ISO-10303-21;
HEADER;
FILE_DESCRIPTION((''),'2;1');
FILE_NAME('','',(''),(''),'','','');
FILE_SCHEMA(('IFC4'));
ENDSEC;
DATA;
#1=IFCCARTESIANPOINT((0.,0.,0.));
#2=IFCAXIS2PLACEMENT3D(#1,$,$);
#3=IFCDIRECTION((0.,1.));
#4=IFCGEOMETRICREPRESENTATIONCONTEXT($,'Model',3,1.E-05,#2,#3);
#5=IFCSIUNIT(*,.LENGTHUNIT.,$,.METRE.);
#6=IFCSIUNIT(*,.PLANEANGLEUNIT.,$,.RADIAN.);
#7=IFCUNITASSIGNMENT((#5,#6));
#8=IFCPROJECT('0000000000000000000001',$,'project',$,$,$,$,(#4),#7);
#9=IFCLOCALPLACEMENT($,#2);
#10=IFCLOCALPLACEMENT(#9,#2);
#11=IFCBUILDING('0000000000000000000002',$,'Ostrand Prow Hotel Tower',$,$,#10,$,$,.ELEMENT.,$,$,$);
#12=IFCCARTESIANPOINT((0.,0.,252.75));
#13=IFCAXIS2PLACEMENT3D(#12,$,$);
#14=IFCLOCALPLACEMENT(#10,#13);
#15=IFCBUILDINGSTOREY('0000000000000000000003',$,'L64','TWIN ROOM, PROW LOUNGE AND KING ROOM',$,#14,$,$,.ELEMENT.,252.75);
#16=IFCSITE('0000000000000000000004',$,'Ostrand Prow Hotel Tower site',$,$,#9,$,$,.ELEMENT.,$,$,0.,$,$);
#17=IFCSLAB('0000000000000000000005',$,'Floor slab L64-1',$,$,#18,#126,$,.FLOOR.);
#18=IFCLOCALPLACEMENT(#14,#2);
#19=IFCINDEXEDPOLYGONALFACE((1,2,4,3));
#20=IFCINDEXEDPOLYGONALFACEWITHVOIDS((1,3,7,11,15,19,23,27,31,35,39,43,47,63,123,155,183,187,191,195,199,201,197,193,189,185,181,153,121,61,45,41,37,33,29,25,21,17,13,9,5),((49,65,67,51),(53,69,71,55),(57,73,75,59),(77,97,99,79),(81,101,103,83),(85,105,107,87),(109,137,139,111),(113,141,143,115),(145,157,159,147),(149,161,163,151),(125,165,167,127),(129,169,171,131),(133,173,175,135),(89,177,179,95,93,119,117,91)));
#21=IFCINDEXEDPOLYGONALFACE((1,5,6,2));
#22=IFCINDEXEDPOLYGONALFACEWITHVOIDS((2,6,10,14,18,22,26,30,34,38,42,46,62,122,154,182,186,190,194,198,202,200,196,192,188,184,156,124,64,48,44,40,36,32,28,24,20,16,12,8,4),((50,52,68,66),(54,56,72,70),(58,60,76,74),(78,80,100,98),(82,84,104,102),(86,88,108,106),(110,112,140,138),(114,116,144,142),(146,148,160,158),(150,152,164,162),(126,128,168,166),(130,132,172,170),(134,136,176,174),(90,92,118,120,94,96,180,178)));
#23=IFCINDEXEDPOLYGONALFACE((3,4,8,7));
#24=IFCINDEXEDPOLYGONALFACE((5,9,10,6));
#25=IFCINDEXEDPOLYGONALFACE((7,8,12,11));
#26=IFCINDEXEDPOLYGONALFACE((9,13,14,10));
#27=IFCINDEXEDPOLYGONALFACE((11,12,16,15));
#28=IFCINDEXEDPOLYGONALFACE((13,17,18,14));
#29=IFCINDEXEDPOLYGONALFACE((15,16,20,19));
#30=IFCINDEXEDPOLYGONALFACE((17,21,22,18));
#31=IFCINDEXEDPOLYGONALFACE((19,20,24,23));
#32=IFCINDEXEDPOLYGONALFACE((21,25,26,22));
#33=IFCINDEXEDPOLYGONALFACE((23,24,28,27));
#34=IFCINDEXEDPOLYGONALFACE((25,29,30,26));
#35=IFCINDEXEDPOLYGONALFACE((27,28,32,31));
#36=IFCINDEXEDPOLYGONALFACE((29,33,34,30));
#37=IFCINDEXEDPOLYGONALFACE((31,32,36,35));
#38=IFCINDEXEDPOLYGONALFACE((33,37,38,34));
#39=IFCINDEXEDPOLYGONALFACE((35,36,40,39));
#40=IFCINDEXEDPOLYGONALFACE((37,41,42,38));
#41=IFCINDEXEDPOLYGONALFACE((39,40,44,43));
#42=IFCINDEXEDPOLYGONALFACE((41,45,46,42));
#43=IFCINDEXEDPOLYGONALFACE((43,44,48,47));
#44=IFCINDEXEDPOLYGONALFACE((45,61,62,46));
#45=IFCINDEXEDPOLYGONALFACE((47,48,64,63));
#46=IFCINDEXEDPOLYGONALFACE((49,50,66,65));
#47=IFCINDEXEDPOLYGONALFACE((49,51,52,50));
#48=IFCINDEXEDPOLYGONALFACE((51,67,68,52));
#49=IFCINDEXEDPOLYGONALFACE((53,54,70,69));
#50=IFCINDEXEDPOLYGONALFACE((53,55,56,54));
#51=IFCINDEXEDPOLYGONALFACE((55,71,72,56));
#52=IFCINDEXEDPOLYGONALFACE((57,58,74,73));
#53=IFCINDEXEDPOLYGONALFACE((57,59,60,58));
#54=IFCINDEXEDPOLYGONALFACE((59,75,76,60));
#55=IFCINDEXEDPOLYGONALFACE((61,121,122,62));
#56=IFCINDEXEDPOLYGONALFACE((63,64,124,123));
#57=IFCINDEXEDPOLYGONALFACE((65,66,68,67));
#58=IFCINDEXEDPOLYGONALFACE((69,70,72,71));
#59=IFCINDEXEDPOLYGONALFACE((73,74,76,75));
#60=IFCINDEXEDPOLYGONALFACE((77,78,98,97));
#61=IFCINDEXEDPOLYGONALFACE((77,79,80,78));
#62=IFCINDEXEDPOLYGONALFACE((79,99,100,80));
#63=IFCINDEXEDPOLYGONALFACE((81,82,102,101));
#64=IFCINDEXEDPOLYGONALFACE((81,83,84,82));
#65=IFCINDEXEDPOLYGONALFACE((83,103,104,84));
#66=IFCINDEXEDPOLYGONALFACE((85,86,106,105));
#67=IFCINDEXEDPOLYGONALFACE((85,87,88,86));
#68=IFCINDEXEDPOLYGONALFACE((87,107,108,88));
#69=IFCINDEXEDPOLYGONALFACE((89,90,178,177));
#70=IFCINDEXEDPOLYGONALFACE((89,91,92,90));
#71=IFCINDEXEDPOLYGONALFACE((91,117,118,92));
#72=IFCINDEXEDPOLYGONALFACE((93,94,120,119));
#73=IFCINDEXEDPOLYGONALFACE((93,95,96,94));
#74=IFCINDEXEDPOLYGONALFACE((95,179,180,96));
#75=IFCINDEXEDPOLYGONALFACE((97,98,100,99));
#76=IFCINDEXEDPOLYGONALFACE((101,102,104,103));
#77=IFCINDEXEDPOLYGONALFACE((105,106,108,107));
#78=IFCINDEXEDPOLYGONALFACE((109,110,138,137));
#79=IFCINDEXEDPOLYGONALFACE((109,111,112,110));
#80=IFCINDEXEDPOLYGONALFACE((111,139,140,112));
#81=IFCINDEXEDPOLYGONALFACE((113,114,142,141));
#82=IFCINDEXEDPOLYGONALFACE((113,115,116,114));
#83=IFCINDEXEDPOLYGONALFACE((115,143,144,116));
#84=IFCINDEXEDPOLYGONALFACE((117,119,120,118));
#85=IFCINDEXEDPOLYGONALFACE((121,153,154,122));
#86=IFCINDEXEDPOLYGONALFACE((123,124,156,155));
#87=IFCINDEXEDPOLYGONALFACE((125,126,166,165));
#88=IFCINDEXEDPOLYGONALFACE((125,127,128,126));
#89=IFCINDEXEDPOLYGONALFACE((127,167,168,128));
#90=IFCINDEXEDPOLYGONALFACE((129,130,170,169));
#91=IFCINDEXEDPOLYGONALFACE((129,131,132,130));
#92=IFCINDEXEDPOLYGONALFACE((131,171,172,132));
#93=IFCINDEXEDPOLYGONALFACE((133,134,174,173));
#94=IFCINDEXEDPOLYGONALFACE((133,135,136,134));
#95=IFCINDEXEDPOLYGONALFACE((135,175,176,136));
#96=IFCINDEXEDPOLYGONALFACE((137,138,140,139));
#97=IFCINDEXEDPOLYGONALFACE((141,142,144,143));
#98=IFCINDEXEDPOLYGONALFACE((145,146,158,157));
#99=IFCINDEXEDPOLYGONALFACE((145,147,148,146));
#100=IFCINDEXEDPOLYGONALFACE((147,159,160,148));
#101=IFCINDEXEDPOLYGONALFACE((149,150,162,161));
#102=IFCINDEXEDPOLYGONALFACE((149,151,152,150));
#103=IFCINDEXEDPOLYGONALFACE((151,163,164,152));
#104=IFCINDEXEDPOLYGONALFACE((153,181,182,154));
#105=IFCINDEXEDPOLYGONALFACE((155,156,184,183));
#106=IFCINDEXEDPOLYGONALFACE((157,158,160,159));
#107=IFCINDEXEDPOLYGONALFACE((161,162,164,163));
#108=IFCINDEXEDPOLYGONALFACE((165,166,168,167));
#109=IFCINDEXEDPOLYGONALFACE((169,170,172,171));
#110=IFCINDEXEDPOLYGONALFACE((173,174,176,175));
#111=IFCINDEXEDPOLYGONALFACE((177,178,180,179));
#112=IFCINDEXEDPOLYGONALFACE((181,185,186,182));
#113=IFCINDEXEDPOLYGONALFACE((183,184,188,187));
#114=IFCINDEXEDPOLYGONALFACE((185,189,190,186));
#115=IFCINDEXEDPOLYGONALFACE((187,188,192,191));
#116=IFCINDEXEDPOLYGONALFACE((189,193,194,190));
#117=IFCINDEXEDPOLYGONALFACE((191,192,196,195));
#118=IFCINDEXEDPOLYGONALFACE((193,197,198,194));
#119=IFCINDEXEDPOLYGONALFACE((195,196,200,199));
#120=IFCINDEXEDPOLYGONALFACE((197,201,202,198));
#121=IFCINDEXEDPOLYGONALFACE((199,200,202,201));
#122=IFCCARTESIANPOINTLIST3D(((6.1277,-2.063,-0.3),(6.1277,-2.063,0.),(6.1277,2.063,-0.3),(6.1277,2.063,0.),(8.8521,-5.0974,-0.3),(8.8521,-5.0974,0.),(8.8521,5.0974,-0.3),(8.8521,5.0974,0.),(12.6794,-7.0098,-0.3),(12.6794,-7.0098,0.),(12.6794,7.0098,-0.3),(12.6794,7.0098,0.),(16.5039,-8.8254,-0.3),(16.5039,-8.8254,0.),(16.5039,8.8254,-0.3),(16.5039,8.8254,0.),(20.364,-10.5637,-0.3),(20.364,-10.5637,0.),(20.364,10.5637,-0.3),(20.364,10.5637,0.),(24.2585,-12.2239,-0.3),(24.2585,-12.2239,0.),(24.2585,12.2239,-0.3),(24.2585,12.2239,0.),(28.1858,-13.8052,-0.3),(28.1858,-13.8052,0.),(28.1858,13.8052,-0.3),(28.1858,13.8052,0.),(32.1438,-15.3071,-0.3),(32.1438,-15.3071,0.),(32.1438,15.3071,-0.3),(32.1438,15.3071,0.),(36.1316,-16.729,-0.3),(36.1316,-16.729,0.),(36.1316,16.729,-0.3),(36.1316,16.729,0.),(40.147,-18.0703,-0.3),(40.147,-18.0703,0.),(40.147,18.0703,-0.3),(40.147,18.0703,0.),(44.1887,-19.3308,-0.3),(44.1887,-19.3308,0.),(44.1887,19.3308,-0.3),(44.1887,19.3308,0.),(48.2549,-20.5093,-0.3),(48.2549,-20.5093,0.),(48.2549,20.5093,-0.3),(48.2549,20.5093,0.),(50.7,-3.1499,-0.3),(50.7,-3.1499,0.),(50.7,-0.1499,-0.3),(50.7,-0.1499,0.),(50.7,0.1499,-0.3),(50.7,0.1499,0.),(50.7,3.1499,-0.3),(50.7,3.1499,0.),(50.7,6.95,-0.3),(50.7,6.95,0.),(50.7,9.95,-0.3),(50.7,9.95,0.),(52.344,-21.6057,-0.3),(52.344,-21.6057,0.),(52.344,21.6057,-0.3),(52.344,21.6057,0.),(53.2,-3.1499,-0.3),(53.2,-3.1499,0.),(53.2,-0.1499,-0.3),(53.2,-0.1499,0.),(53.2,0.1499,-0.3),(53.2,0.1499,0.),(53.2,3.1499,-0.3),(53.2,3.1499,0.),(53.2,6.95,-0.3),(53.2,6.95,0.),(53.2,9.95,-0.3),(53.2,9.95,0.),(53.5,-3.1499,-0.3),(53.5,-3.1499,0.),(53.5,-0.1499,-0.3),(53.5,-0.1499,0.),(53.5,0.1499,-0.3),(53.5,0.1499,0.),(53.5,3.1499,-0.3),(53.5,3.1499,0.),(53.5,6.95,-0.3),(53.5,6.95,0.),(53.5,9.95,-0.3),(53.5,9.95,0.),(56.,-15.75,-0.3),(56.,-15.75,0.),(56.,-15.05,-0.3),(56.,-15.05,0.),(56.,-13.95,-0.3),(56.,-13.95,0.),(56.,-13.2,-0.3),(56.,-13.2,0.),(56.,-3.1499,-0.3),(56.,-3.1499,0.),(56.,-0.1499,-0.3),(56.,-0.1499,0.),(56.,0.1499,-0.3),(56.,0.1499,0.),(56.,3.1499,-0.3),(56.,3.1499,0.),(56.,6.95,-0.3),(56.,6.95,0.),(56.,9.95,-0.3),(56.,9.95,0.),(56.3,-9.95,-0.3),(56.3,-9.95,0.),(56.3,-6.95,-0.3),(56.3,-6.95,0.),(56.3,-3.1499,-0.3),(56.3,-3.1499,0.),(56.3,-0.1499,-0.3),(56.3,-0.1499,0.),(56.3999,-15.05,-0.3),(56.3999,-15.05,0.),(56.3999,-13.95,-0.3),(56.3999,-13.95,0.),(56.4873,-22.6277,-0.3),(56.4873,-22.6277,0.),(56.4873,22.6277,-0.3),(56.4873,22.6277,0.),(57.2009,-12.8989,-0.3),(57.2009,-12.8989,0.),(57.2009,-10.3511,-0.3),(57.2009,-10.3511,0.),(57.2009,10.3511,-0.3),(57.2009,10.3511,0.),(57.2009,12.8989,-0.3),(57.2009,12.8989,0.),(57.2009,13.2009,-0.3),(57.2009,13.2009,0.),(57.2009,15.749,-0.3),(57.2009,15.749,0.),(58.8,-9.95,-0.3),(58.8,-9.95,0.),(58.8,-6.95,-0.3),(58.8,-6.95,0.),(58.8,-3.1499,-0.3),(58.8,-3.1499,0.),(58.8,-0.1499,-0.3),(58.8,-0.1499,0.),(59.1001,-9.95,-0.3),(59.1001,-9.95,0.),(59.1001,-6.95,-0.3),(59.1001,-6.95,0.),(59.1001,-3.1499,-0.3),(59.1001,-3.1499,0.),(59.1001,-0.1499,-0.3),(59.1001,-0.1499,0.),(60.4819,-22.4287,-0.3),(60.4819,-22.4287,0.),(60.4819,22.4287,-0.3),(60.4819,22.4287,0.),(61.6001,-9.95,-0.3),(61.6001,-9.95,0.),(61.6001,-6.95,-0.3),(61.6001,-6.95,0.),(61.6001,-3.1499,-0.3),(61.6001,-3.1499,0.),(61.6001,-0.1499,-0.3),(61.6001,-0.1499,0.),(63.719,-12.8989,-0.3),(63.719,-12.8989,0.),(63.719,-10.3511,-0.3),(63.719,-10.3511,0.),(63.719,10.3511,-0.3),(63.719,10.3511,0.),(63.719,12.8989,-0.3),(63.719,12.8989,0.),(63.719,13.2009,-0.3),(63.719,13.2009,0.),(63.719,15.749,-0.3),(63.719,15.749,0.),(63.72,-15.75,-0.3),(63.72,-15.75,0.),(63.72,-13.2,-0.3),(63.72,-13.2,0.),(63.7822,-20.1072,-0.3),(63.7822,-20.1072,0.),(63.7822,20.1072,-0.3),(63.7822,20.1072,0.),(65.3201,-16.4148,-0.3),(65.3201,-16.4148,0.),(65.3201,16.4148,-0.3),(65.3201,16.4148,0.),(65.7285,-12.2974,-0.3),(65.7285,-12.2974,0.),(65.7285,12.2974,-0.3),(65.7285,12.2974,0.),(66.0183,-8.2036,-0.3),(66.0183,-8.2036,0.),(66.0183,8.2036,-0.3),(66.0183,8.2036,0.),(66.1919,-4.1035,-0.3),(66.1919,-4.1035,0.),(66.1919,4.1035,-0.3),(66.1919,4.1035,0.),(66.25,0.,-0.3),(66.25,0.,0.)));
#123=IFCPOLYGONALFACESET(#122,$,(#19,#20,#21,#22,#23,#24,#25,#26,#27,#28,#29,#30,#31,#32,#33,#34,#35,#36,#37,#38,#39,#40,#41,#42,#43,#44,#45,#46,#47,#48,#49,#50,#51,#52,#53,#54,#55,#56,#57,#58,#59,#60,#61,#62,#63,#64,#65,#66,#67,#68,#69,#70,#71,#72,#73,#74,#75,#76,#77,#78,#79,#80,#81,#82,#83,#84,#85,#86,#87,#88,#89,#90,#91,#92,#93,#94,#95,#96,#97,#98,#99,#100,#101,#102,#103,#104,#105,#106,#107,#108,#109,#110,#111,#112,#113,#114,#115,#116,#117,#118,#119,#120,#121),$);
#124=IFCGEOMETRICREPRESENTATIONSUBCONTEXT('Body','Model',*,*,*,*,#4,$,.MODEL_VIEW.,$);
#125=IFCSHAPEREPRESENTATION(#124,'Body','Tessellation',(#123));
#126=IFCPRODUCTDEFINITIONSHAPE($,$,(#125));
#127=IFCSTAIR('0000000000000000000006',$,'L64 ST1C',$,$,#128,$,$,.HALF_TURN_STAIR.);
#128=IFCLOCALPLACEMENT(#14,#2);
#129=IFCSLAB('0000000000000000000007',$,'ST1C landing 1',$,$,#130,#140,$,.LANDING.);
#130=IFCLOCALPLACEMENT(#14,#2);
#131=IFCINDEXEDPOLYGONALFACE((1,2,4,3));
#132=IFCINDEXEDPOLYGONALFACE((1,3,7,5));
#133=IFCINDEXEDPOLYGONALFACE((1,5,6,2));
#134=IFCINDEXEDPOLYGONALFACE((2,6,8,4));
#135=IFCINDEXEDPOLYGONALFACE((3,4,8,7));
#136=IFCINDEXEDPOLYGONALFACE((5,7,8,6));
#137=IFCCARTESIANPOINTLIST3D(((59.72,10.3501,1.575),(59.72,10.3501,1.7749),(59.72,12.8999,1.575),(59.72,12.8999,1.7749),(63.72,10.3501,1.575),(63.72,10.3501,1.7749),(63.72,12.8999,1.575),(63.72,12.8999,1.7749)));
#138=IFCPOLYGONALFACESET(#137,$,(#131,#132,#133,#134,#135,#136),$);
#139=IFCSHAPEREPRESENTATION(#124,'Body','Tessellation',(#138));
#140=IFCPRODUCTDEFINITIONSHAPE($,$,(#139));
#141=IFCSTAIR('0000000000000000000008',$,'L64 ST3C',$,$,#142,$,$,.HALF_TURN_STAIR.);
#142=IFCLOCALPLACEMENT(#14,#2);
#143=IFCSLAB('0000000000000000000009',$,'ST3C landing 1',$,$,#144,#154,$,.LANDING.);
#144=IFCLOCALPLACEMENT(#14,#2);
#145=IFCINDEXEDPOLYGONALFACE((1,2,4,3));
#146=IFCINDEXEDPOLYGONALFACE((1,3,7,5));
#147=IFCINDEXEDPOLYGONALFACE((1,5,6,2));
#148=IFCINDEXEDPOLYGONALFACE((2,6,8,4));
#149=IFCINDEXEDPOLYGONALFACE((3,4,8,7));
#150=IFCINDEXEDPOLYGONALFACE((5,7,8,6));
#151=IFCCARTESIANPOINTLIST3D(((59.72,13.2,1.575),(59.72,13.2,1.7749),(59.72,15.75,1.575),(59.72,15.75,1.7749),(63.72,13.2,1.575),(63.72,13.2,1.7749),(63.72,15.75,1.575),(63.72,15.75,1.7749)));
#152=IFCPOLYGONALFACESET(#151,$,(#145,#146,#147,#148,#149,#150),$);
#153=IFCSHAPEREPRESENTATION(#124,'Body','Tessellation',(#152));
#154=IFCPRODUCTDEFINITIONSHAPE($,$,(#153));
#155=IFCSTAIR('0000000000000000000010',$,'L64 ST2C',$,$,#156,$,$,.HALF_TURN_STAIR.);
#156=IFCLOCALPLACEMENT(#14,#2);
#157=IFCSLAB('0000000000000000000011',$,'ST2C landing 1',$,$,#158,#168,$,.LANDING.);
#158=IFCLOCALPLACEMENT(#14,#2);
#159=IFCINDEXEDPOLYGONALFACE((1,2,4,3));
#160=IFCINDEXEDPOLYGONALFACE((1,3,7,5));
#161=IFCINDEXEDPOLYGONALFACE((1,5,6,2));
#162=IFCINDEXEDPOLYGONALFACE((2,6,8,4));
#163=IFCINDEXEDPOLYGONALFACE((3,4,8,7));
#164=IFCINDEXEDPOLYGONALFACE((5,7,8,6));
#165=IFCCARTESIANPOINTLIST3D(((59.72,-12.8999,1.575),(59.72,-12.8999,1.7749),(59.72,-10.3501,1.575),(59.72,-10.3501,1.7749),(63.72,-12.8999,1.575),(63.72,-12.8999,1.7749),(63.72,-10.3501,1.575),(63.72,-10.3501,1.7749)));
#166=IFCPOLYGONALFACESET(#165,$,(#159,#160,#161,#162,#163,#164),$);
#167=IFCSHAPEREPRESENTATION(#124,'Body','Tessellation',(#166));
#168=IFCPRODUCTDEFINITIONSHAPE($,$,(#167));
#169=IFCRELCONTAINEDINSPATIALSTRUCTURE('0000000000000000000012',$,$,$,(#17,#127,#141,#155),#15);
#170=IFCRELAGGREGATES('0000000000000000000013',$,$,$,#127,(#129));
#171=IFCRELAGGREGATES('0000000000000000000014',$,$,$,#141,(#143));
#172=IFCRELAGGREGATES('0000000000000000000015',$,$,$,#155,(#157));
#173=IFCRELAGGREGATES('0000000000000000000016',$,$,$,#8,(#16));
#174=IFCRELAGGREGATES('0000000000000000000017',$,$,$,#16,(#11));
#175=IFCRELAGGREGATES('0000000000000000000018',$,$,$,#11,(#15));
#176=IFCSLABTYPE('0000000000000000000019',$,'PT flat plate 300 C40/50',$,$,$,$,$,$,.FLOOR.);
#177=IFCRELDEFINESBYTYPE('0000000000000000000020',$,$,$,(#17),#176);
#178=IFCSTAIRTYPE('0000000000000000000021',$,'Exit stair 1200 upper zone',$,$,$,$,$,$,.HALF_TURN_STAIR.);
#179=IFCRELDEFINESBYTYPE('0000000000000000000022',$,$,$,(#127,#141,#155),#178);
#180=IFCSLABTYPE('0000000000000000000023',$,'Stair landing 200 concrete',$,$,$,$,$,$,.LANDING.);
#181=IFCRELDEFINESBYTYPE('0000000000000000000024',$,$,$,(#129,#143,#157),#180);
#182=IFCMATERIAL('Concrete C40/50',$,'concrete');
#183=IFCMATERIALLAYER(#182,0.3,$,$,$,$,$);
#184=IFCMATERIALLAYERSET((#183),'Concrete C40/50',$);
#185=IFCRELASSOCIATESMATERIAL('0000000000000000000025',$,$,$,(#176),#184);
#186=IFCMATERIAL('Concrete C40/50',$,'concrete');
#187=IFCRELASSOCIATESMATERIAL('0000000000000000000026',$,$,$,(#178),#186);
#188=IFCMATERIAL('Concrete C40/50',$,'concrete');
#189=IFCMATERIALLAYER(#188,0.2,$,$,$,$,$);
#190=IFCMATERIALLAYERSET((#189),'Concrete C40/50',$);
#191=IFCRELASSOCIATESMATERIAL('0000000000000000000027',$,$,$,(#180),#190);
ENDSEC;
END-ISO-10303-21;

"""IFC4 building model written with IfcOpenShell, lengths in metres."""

from ifc_helpers import new_model, si_unit, direction, frame, origin, place, context, subcontext, project, spatial, polyline, outline, extrude, material, layer, layer_set, type_object, element, aggregate, save


model = new_model("IFC4")

# Units and contexts
model_context = context("Model", 3, precision=1e-05, world=origin(), true_north=direction((0.0, 1.0)))
body_context = subcontext(model_context, "Body", "Model", "MODEL_VIEW")
ifc_project = project(units=[si_unit("LENGTHUNIT", "METRE"), si_unit("PLANEANGLEUNIT", "RADIAN")], contexts=[model_context])

# Site, building, storey
site_placement = place(None, origin())
site = spatial("IfcSite", under=ifc_project, at=site_placement, Name="Ostrand Prow Hotel Tower site", CompositionType="ELEMENT", RefElevation=0.0)
building_placement = place(site_placement, origin())
building = spatial("IfcBuilding", under=site, at=building_placement, Name="Ostrand Prow Hotel Tower", CompositionType="ELEMENT")
storey_placement = place(building_placement, frame((0.0, 0.0, 252.75)))
storey = spatial("IfcBuildingStorey", under=building, at=storey_placement, Name="L64", Description="TWIN ROOM, PROW LOUNGE AND KING ROOM", CompositionType="ELEMENT", Elevation=252.75)

# Slab, opening
ifc_material_1 = material(Name="Concrete C40/50", Category="concrete")
ifc_layer_1 = layer(ifc_material_1, 0.3)
ifc_layer_set_1 = layer_set([ifc_layer_1], Name="Concrete C40/50")
slab_type_1 = type_object("IfcSlabType", Name="PT flat plate 300 C40/50", PredefinedType="FLOOR", material=ifc_layer_set_1)
slab_1_placement = place(storey_placement, frame((0.0, 0.0, -0.3)))
slab_1 = element("IfcSlab", 1, at=slab_1_placement, inside=storey, type_object=slab_type_1, Name="Floor slab L64-1", PredefinedType="FLOOR", context=body_context, shape_type="SweptSolid", body=[
    extrude(outline(polyline([(8.8521, 5.0974), (12.6794, 7.0098), (16.5039, 8.8254), (20.364, 10.5637), (24.2585, 12.2239), (28.1858, 13.8052), (32.1438, 15.3071), (36.1316, 16.729), (40.147, 18.0703), (44.1887, 19.3308), (48.2549, 20.5093), (52.344, 21.6057), (56.4873, 22.6277), (60.4819, 22.4287), (63.7822, 20.1072), (65.3201, 16.4148), (65.7285, 12.2974), (66.0183, 8.2036), (66.1919, 4.1035), (66.25, 0.0), (66.1919, -4.1035), (66.0183, -8.2036), (65.7285, -12.2974), (65.3201, -16.4148), (63.7822, -20.1072), (60.4819, -22.4287), (56.4873, -22.6277), (52.344, -21.6057), (48.2549, -20.5093), (44.1887, -19.3308), (40.147, -18.0703), (36.1316, -16.729), (32.1438, -15.3071), (28.1858, -13.8052), (24.2585, -12.2239), (20.364, -10.5637), (16.5039, -8.8254), (12.6794, -7.0098), (8.8521, -5.0974), (6.1277, -2.063), (6.1277, 2.063), (8.8521, 5.0974)]), holes=[polyline([(50.7, 6.95), (53.2, 6.95), (53.2, 9.95), (50.7, 9.95), (50.7, 6.95)]), polyline([(53.5, 6.95), (56.0, 6.95), (56.0, 9.95), (53.5, 9.95), (53.5, 6.95)]), polyline([(50.7, 0.1499), (53.2, 0.1499), (53.2, 3.1499), (50.7, 3.1499), (50.7, 0.1499)]), polyline([(53.5, 0.1499), (56.0, 0.1499), (56.0, 3.1499), (53.5, 3.1499), (53.5, 0.1499)]), polyline([(50.7, -3.1499), (53.2, -3.1499), (53.2, -0.1499), (50.7, -0.1499), (50.7, -3.1499)]), polyline([(53.5, -3.1499), (56.0, -3.1499), (56.0, -0.1499), (53.5, -0.1499), (53.5, -3.1499)]), polyline([(56.3, -3.1499), (58.8, -3.1499), (58.8, -0.1499), (56.3, -0.1499), (56.3, -3.1499)]), polyline([(59.1001, -3.1499), (61.6001, -3.1499), (61.6001, -0.1499), (59.1001, -0.1499), (59.1001, -3.1499)]), polyline([(56.3, -9.95), (58.8, -9.95), (58.8, -6.95), (56.3, -6.95), (56.3, -9.95)]), polyline([(59.1001, -9.95), (61.6001, -9.95), (61.6001, -6.95), (59.1001, -6.95), (59.1001, -9.95)]), polyline([(57.2009, 10.3511), (57.2009, 12.8989), (63.719, 12.8989), (63.719, 10.3511), (57.2009, 10.3511)]), polyline([(57.2009, 13.2009), (57.2009, 15.749), (63.719, 15.749), (63.719, 13.2009), (57.2009, 13.2009)]), polyline([(57.2009, -12.8989), (57.2009, -10.3511), (63.719, -10.3511), (63.719, -12.8989), (57.2009, -12.8989)]), polyline([(56.0, -13.95), (56.0, -13.2), (63.72, -13.2), (63.72, -15.75), (56.0, -15.75), (56.0, -15.05), (56.3999, -15.05), (56.3999, -13.95), (56.0, -13.95)])]), origin(), (0.0, 0.0, 1.0), 0.3),
])
opening_1_placement = place(slab_1_placement, origin())
element("IfcOpeningElement", 2, at=opening_1_placement, cuts=slab_1, PredefinedType="OPENING", context=body_context, shape_type="SweptSolid", body=[
    extrude(outline(polyline([(56.0, -13.95), (56.0, -13.2), (63.72, -13.2), (63.72, -15.75), (56.0, -15.75), (56.0, -15.05), (56.3999, -15.05), (56.3999, -13.95), (56.0, -13.95)])), origin(), (0.0, 0.0, 1.0), 0.3),
])

# Stairs, slabs
ifc_material_2 = material(Name="Concrete C40/50", Category="concrete")
stair_type = type_object("IfcStairType", Name="Exit stair 1200 upper zone", PredefinedType="HALF_TURN_STAIR", material=ifc_material_2)
stair_1_placement = place(storey_placement, origin())
stair_1 = element("IfcStair", 3, at=stair_1_placement, inside=storey, type_object=stair_type, Name="L64 ST1C", PredefinedType="HALF_TURN_STAIR")
ifc_material_3 = material(Name="Concrete C40/50", Category="concrete")
ifc_layer_2 = layer(ifc_material_3, 0.2)
ifc_layer_set_2 = layer_set([ifc_layer_2], Name="Concrete C40/50")
slab_type_2 = type_object("IfcSlabType", Name="Stair landing 200 concrete", PredefinedType="LANDING", material=ifc_layer_set_2)
slab_2_placement = place(storey_placement, frame((0.0, 0.0, 1.575)))
slab_2 = element("IfcSlab", 4, at=slab_2_placement, type_object=slab_type_2, Name="ST1C landing 1", PredefinedType="LANDING", context=body_context, shape_type="SweptSolid", body=[
    extrude(outline(polyline([(59.72, 10.3501), (63.72, 10.3501), (63.72, 12.8999), (59.72, 12.8999), (59.72, 10.3501)])), origin(), (0.0, 0.0, 1.0), 0.2),
])
aggregate(stair_1, [slab_2])
stair_2_placement = place(storey_placement, origin())
stair_2 = element("IfcStair", 5, at=stair_2_placement, inside=storey, type_object=stair_type, Name="L64 ST3C", PredefinedType="HALF_TURN_STAIR")
slab_3_placement = place(storey_placement, frame((0.0, 0.0, 1.575)))
slab_3 = element("IfcSlab", 6, at=slab_3_placement, type_object=slab_type_2, Name="ST3C landing 1", PredefinedType="LANDING", context=body_context, shape_type="SweptSolid", body=[
    extrude(outline(polyline([(59.72, 13.2), (63.72, 13.2), (63.72, 15.75), (59.72, 15.75), (59.72, 13.2)])), origin(), (0.0, 0.0, 1.0), 0.2),
])
aggregate(stair_2, [slab_3])
stair_3_placement = place(storey_placement, origin())
stair_3 = element("IfcStair", 7, at=stair_3_placement, inside=storey, type_object=stair_type, Name="L64 ST2C", PredefinedType="HALF_TURN_STAIR")
slab_4_placement = place(storey_placement, frame((0.0, 0.0, 1.575)))
slab_4 = element("IfcSlab", 8, at=slab_4_placement, type_object=slab_type_2, Name="ST2C landing 1", PredefinedType="LANDING", context=body_context, shape_type="SweptSolid", body=[
    extrude(outline(polyline([(59.72, -12.8999), (63.72, -12.8999), (63.72, -10.3501), (59.72, -10.3501), (59.72, -12.8999)])), origin(), (0.0, 0.0, 1.0), 0.2),
])
aggregate(stair_3, [slab_4])

save(model, "model.ifc")
